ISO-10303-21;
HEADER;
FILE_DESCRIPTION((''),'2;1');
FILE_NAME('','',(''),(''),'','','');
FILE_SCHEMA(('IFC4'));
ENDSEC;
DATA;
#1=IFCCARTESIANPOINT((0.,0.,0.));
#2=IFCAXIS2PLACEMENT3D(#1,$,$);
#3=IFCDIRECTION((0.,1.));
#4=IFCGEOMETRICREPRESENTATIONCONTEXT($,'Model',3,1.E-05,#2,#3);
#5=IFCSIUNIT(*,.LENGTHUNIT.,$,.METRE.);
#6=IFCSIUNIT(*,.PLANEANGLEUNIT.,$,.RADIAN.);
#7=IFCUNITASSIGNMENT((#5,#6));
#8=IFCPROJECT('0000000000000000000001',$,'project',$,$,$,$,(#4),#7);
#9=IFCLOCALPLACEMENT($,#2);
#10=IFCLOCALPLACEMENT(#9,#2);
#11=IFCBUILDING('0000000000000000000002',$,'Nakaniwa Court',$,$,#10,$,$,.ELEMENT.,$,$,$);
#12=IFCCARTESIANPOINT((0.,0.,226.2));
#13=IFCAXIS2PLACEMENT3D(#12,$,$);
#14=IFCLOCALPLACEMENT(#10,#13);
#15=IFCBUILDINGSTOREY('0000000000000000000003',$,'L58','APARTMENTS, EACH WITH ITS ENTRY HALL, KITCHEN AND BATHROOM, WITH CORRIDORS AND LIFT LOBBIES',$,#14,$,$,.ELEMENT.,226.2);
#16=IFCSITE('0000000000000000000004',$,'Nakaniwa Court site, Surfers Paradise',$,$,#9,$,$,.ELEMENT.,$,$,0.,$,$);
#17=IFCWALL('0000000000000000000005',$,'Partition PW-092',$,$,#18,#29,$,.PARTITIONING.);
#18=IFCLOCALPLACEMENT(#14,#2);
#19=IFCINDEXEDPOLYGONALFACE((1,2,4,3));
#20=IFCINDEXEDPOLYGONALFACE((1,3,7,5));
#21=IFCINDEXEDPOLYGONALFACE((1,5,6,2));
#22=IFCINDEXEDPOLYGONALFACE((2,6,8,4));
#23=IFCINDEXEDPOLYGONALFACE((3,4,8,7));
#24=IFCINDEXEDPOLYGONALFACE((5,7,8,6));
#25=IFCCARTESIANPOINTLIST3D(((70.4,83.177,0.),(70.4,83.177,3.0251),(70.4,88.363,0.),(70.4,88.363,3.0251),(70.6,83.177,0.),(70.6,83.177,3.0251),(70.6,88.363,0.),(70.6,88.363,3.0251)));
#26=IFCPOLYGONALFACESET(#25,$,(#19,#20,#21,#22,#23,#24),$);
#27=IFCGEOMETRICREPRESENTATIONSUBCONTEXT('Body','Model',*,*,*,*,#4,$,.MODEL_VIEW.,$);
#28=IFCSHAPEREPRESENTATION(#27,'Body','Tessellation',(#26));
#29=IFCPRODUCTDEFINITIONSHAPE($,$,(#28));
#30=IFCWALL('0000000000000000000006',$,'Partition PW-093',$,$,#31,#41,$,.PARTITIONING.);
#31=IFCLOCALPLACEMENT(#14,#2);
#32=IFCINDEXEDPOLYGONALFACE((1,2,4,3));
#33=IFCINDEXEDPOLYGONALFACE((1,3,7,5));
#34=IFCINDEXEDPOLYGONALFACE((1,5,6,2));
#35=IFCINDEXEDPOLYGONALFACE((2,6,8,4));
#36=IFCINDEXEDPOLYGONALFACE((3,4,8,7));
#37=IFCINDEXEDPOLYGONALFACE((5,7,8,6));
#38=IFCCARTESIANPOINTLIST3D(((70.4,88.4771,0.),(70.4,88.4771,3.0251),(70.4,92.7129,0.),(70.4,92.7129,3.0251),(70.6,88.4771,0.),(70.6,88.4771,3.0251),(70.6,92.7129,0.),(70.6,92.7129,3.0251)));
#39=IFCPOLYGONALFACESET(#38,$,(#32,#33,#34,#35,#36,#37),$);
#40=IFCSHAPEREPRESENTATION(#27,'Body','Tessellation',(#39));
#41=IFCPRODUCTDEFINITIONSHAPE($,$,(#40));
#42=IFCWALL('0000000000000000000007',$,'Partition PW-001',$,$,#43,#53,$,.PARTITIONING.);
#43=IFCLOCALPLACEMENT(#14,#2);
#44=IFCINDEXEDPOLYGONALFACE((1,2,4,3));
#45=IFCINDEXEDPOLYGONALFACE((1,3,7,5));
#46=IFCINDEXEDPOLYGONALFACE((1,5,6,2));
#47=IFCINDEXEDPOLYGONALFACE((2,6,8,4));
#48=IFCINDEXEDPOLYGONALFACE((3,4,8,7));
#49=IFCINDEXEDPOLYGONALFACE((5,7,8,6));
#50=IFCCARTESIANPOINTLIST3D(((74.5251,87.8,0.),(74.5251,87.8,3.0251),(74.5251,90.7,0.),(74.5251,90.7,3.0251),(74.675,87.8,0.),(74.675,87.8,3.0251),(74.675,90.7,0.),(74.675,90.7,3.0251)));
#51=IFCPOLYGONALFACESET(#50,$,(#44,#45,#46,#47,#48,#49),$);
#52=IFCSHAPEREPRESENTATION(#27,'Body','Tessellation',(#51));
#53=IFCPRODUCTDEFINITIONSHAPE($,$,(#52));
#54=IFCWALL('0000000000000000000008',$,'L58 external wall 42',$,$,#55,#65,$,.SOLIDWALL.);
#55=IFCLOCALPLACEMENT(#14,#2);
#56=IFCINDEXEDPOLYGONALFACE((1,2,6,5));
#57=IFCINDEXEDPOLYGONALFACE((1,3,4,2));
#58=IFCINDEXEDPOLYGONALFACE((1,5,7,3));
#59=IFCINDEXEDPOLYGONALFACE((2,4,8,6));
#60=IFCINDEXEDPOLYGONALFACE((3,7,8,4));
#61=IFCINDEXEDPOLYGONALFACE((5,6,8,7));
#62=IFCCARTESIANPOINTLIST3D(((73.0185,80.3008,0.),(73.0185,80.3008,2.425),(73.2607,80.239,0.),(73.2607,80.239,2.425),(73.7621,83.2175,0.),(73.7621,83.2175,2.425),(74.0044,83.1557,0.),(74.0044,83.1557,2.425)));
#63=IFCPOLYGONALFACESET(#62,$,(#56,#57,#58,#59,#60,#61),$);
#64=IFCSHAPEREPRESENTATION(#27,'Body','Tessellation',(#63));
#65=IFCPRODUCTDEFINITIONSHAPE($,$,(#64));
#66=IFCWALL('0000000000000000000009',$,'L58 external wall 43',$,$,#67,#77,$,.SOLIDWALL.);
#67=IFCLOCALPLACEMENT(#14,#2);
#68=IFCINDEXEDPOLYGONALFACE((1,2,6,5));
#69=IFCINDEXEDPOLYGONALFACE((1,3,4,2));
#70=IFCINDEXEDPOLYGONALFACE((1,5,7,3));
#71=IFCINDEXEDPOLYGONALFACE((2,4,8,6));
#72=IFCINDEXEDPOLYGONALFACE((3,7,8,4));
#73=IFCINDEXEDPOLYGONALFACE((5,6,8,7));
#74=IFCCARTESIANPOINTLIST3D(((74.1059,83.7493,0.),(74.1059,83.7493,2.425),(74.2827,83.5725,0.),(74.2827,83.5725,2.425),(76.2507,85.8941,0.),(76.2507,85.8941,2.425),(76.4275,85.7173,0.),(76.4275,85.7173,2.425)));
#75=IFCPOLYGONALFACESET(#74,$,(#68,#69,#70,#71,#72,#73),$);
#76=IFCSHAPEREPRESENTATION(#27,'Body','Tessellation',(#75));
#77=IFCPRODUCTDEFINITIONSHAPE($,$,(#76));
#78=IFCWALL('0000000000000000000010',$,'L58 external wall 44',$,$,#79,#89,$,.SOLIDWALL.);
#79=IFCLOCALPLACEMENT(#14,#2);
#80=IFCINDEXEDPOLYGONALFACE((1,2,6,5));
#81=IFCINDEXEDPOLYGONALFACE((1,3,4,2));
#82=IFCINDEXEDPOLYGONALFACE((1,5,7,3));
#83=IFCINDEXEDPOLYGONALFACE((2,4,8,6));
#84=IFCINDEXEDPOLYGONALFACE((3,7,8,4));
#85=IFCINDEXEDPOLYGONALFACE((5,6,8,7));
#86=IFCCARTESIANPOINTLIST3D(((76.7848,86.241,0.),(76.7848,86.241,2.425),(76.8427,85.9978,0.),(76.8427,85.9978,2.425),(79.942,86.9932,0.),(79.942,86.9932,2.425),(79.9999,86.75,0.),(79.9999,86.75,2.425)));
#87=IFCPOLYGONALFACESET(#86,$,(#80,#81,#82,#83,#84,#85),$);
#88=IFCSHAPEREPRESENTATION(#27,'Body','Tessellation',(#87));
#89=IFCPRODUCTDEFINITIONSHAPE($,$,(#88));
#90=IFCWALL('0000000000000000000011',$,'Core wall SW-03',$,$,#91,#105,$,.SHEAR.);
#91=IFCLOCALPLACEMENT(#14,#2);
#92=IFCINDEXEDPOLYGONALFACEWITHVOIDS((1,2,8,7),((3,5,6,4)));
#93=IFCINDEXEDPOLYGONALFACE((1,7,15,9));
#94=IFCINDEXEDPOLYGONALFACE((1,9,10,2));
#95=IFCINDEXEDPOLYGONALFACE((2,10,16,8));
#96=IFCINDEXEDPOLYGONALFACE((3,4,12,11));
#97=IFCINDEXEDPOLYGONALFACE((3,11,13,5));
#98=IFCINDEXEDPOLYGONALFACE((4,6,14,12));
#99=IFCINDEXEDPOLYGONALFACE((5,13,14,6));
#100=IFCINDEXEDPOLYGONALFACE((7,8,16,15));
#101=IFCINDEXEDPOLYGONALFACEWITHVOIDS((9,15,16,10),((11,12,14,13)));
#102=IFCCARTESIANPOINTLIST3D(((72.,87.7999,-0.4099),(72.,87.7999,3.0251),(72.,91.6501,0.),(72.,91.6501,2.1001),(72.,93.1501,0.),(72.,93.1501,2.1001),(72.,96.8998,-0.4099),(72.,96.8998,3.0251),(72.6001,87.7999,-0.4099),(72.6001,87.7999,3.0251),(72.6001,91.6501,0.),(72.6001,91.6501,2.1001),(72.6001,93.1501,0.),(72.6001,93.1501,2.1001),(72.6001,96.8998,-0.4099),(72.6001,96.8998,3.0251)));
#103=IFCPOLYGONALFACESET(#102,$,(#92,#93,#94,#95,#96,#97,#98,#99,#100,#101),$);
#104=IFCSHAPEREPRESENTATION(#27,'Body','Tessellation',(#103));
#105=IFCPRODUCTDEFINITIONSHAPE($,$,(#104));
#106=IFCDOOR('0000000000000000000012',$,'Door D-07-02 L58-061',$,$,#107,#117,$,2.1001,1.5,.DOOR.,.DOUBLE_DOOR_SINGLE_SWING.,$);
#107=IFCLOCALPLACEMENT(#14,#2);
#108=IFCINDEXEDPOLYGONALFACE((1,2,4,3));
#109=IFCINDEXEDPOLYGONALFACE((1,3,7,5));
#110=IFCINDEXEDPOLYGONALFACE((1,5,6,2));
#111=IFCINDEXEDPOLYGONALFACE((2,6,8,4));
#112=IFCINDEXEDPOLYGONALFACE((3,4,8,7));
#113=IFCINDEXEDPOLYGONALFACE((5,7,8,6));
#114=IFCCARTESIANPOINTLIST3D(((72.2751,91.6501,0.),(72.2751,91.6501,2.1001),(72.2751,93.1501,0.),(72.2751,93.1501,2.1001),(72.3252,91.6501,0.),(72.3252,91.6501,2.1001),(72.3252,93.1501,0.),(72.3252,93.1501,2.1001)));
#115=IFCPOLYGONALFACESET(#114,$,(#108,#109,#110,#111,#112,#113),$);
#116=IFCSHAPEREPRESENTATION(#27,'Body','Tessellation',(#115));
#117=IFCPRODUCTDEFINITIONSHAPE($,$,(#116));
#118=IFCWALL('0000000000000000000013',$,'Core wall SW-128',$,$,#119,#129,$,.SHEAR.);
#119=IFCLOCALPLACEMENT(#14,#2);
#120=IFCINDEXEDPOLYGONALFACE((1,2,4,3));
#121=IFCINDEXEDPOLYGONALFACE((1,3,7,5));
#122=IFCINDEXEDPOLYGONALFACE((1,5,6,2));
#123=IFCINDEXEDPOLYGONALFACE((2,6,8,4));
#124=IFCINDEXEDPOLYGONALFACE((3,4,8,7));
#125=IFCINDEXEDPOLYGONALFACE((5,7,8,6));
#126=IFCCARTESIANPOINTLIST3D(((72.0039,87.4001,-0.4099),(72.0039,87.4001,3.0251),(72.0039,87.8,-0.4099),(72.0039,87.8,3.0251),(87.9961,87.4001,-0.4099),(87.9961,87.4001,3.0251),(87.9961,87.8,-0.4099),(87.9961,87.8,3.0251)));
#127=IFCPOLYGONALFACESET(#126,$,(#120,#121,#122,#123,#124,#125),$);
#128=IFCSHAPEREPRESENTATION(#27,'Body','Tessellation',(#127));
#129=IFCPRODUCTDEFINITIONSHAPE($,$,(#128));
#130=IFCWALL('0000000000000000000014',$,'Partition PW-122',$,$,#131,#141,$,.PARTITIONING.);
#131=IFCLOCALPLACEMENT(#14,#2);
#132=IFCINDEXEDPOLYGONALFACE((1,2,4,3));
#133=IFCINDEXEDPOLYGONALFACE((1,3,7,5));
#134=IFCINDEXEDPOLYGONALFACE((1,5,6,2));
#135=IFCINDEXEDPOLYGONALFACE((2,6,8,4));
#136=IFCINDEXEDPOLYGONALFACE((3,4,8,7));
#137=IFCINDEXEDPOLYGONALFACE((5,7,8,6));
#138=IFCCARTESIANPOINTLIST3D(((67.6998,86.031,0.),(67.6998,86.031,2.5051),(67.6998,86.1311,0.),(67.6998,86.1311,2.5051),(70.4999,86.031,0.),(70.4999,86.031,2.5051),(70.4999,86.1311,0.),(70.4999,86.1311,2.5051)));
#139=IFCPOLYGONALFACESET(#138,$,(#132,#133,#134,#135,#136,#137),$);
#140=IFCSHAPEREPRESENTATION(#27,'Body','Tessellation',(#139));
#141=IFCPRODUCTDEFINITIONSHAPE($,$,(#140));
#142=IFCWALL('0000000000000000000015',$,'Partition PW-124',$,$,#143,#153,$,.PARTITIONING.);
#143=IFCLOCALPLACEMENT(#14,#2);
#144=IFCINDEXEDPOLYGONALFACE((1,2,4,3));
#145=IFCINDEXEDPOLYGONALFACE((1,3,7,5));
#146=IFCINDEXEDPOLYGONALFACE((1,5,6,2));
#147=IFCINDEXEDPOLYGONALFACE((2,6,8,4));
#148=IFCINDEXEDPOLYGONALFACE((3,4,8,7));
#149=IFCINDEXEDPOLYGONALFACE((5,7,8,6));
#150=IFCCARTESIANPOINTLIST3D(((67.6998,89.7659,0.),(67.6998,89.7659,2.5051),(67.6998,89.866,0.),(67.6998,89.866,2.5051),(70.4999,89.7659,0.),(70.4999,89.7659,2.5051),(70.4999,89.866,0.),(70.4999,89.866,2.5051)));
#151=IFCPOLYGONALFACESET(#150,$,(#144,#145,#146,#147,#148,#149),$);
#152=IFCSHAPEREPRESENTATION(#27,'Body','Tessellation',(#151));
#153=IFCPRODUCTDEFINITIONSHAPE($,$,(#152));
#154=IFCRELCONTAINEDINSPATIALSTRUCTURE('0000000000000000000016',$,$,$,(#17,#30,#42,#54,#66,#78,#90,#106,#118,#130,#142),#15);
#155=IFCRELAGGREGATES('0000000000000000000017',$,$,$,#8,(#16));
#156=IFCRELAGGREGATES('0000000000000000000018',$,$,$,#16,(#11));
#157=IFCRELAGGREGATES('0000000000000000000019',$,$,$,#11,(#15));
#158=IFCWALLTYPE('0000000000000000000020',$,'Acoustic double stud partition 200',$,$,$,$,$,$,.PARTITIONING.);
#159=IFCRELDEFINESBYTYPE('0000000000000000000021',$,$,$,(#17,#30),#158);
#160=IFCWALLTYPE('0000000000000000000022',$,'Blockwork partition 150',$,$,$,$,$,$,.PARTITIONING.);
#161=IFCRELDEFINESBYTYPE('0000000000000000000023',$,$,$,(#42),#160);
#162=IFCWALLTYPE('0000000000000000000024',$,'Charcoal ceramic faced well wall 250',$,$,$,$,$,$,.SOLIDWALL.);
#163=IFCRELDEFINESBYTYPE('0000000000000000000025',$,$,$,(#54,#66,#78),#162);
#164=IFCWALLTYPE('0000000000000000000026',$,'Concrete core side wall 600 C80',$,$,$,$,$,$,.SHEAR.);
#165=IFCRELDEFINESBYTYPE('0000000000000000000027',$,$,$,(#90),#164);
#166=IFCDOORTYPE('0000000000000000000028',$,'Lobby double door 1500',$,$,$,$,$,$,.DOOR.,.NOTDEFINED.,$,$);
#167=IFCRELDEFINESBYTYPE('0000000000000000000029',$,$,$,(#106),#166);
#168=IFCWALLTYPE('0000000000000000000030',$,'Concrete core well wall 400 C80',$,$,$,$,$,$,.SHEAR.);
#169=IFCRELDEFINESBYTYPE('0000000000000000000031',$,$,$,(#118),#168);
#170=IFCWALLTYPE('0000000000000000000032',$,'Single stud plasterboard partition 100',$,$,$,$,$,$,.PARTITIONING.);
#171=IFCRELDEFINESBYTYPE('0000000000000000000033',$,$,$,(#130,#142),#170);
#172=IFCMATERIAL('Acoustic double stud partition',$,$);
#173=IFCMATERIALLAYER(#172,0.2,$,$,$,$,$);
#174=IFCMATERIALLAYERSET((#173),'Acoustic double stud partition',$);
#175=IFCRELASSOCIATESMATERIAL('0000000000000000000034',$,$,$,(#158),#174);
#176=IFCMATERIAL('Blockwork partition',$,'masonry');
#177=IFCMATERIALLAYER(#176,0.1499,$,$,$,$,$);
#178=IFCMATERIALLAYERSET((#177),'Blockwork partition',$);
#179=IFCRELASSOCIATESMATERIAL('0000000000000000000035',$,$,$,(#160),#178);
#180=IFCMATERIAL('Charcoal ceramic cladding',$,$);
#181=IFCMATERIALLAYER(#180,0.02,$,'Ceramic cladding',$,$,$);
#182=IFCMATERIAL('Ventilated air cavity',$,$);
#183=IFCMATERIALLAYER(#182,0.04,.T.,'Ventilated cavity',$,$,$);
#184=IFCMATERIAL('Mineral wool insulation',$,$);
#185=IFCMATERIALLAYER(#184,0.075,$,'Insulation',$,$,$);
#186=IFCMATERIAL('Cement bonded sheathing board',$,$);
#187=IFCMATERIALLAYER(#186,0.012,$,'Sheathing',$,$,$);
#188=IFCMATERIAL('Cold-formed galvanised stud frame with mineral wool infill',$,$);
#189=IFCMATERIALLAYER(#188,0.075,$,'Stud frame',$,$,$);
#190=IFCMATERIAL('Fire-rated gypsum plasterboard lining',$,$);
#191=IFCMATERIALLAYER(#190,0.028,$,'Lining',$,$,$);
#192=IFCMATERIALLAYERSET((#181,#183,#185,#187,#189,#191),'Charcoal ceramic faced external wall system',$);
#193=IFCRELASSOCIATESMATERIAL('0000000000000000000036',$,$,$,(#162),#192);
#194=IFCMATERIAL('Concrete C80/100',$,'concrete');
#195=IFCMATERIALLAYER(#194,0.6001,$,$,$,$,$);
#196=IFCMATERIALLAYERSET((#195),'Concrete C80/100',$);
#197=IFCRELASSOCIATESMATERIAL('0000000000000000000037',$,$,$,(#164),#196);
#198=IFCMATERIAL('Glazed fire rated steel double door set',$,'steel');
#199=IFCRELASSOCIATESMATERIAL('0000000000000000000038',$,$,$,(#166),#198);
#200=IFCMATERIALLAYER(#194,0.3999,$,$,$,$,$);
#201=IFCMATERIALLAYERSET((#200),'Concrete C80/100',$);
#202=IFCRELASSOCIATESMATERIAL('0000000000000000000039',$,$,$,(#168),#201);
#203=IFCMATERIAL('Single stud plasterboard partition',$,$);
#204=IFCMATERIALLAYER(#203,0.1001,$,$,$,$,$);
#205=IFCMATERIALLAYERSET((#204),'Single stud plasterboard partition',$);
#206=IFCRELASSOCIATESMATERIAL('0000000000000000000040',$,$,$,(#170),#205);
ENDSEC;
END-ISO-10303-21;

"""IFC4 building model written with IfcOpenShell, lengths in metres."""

from ifc_helpers import new_model, si_unit, direction, frame, frame_2d, origin, place, context, subcontext, project, spatial, rectangle, extrude, material, layer, layer_set, type_object, element, fill, save


model = new_model("IFC4")

# Units and contexts
model_context = context("Model", 3, precision=1e-05, world=origin(), true_north=direction((0.0, 1.0)))
body_context = subcontext(model_context, "Body", "Model", "MODEL_VIEW")
ifc_project = project(units=[si_unit("LENGTHUNIT", "METRE"), si_unit("PLANEANGLEUNIT", "RADIAN")], contexts=[model_context])

# Site, building, storey
site_placement = place(None, origin())
site = spatial("IfcSite", under=ifc_project, at=site_placement, Name="Nakaniwa Court site, Surfers Paradise", CompositionType="ELEMENT", RefElevation=0.0)
building_placement = place(site_placement, origin())
building = spatial("IfcBuilding", under=site, at=building_placement, Name="Nakaniwa Court", CompositionType="ELEMENT")
storey_placement = place(building_placement, frame((0.0, 0.0, 226.2)))
storey = spatial("IfcBuildingStorey", under=building, at=storey_placement, Name="L58", Description="APARTMENTS, EACH WITH ITS ENTRY HALL, KITCHEN AND BATHROOM, WITH CORRIDORS AND LIFT LOBBIES", CompositionType="ELEMENT", Elevation=226.2)

# Shared definitions
ifc_material_1 = material(Name="Concrete C80/100", Category="concrete")

# Shared definitions
ifc_material_2 = material(Name="Acoustic double stud partition")
ifc_layer_1 = layer(ifc_material_2, 0.2)
ifc_layer_set_1 = layer_set([ifc_layer_1], Name="Acoustic double stud partition")
wall_type_1 = type_object("IfcWallType", Name="Acoustic double stud partition 200", PredefinedType="PARTITIONING", material=ifc_layer_set_1)

# Walls
wall_1_placement = place(storey_placement, frame((70.5, 83.177, 0.0), z_axis=(0.0, 0.0, 1.0), x_axis=(0.0, 1.0, 0.0)))
element("IfcWall", 1, at=wall_1_placement, inside=storey, type_object=wall_type_1, Name="Partition PW-092", PredefinedType="PARTITIONING", context=body_context, shape_type="SweptSolid", body=[
    extrude(rectangle(XDim=5.186, YDim=0.2, at=frame_2d((2.593, 0.0))), origin(), (0.0, 0.0, 1.0), 3.0251),
])
wall_2_placement = place(storey_placement, frame((70.5, 88.4771, 0.0), z_axis=(0.0, 0.0, 1.0), x_axis=(0.0, 1.0, 0.0)))
element("IfcWall", 2, at=wall_2_placement, inside=storey, type_object=wall_type_1, Name="Partition PW-093", PredefinedType="PARTITIONING", context=body_context, shape_type="SweptSolid", body=[
    extrude(rectangle(XDim=4.2358, YDim=0.2, at=frame_2d((2.1179, 0.0))), origin(), (0.0, 0.0, 1.0), 3.0251),
])
ifc_material_3 = material(Name="Blockwork partition", Category="masonry")
ifc_layer_2 = layer(ifc_material_3, 0.1499)
ifc_layer_set_2 = layer_set([ifc_layer_2], Name="Blockwork partition")
wall_type_2 = type_object("IfcWallType", Name="Blockwork partition 150", PredefinedType="PARTITIONING", material=ifc_layer_set_2)
wall_3_placement = place(storey_placement, frame((74.6001, 87.8, 0.0), z_axis=(0.0, 0.0, 1.0), x_axis=(0.0, 1.0, 0.0)))
element("IfcWall", 3, at=wall_3_placement, inside=storey, type_object=wall_type_2, Name="Partition PW-001", PredefinedType="PARTITIONING", context=body_context, shape_type="SweptSolid", body=[
    extrude(rectangle(XDim=2.8999, YDim=0.1499, at=frame_2d((1.45, 0.0))), origin(), (0.0, 0.0, 1.0), 3.0251),
])
ifc_material_4 = material(Name="Charcoal ceramic cladding")
ifc_layer_3 = layer(ifc_material_4, 0.02, Name="Ceramic cladding")
ifc_material_5 = material(Name="Ventilated air cavity")
ifc_layer_4 = layer(ifc_material_5, 0.04, ventilated=True, Name="Ventilated cavity")
ifc_material_6 = material(Name="Mineral wool insulation")
ifc_layer_5 = layer(ifc_material_6, 0.075, Name="Insulation")
ifc_material_7 = material(Name="Cement bonded sheathing board")
ifc_layer_6 = layer(ifc_material_7, 0.012, Name="Sheathing")
ifc_material_8 = material(Name="Cold-formed galvanised stud frame with mineral wool infill")
ifc_layer_7 = layer(ifc_material_8, 0.075, Name="Stud frame")
ifc_material_9 = material(Name="Fire-rated gypsum plasterboard lining")
ifc_layer_8 = layer(ifc_material_9, 0.028, Name="Lining")
ifc_layer_set_3 = layer_set([ifc_layer_3, ifc_layer_4, ifc_layer_5, ifc_layer_6, ifc_layer_7, ifc_layer_8], Name="Charcoal ceramic faced external wall system")
wall_type_3 = type_object("IfcWallType", Name="Charcoal ceramic faced well wall 250", PredefinedType="SOLIDWALL", material=ifc_layer_set_3)
wall_4_placement = place(storey_placement, frame((73.1396, 80.27, 0.0), z_axis=(0.0, 0.0, 1.0), x_axis=(0.247056, 0.969001, 0.0)))
element("IfcWall", 4, at=wall_4_placement, inside=storey, type_object=wall_type_3, Name="L58 external wall 42", PredefinedType="SOLIDWALL", context=body_context, shape_type="SweptSolid", body=[
    extrude(rectangle(XDim=3.01, YDim=0.25, at=frame_2d((1.5049, 0.0))), origin(), (0.0, 0.0, 1.0), 2.425),
])
wall_5_placement = place(storey_placement, frame((74.1943, 83.6609, 0.0), z_axis=(0.0, 0.0, 1.0), x_axis=(0.707107, 0.707107, 0.0)))
element("IfcWall", 5, at=wall_5_placement, inside=storey, type_object=wall_type_3, Name="L58 external wall 43", PredefinedType="SOLIDWALL", context=body_context, shape_type="SweptSolid", body=[
    extrude(rectangle(XDim=3.0332, YDim=0.25, at=frame_2d((1.5166, 0.0))), origin(), (0.0, 0.0, 1.0), 2.425),
])
wall_6_placement = place(storey_placement, frame((76.8137, 86.1194, 0.0), z_axis=(0.0, 0.0, 1.0), x_axis=(0.972773, 0.23176, 0.0)))
element("IfcWall", 6, at=wall_6_placement, inside=storey, type_object=wall_type_3, Name="L58 external wall 44", PredefinedType="SOLIDWALL", context=body_context, shape_type="SweptSolid", body=[
    extrude(rectangle(XDim=3.2456, YDim=0.25, at=frame_2d((1.6228, 0.0))), origin(), (0.0, 0.0, 1.0), 2.425),
])

# Wall, opening, door
ifc_layer_9 = layer(ifc_material_1, 0.6001)
ifc_layer_set_4 = layer_set([ifc_layer_9], Name="Concrete C80/100")
wall_type_4 = type_object("IfcWallType", Name="Concrete core side wall 600 C80", PredefinedType="SHEAR", material=ifc_layer_set_4)
wall_7_placement = place(storey_placement, frame((72.3, 87.8, -0.4099), z_axis=(0.0, 0.0, 1.0), x_axis=(0.0, 1.0, 0.0)))
wall_7 = element("IfcWall", 7, at=wall_7_placement, inside=storey, type_object=wall_type_4, Name="Core wall SW-03", PredefinedType="SHEAR", context=body_context, shape_type="SweptSolid", body=[
    extrude(rectangle(XDim=9.0999, YDim=0.6001, at=frame_2d((4.5498, 0.0))), origin(), (0.0, 0.0, 1.0), 3.4351),
])
opening_1_placement = place(wall_7_placement, frame((3.8501, 0.0, 0.4099)))
opening_1 = element("IfcOpeningElement", 8, at=opening_1_placement, cuts=wall_7, PredefinedType="OPENING", context=body_context, shape_type="SweptSolid", body=[
    extrude(rectangle(XDim=1.5, YDim=2.1001, at=frame_2d((0.75, 1.05))), frame((0.0, 0.3101, 0.0), z_axis=(0.0, -1.0, 0.0), x_axis=(1.0, 0.0, 0.0)), (0.0, 0.0, 1.0), 0.6201),
])
ifc_material_10 = material(Name="Glazed fire rated steel double door set", Category="steel")
door_type_1 = type_object("IfcDoorType", Name="Lobby double door 1500", OperationType="NOTDEFINED", PredefinedType="DOOR", material=ifc_material_10)
door_1_placement = place(opening_1_placement, origin())
door_1 = element("IfcDoor", 9, at=door_1_placement, inside=storey, type_object=door_type_1, Name="Door D-07-02 L58-061", OperationType="DOUBLE_DOOR_SINGLE_SWING", OverallHeight=2.1001, OverallWidth=1.5, PredefinedType="DOOR", context=body_context, shape_type="SweptSolid", body=[
    extrude(rectangle(XDim=1.5, YDim=2.1001, at=frame_2d((0.75, 1.05))), frame((0.0, 0.0249, 0.0), z_axis=(0.0, -1.0, 0.0), x_axis=(1.0, 0.0, 0.0)), (0.0, 0.0, 1.0), 0.05),
])
fill(opening_1, door_1)

# Walls
ifc_layer_10 = layer(ifc_material_1, 0.3999)
ifc_layer_set_5 = layer_set([ifc_layer_10], Name="Concrete C80/100")
wall_type_5 = type_object("IfcWallType", Name="Concrete core well wall 400 C80", PredefinedType="SHEAR", material=ifc_layer_set_5)
wall_8_placement = place(storey_placement, frame((72.0039, 87.6001, -0.4099), z_axis=(0.0, 0.0, 1.0), x_axis=(1.0, 0.0, 0.0)))
element("IfcWall", 10, at=wall_8_placement, inside=storey, type_object=wall_type_5, Name="Core wall SW-128", PredefinedType="SHEAR", context=body_context, shape_type="SweptSolid", body=[
    extrude(rectangle(XDim=15.9922, YDim=0.3999, at=frame_2d((7.9961, 0.0))), origin(), (0.0, 0.0, 1.0), 3.4351),
])
ifc_material_11 = material(Name="Single stud plasterboard partition")
ifc_layer_11 = layer(ifc_material_11, 0.1001)
ifc_layer_set_6 = layer_set([ifc_layer_11], Name="Single stud plasterboard partition")
wall_type_6 = type_object("IfcWallType", Name="Single stud plasterboard partition 100", PredefinedType="PARTITIONING", material=ifc_layer_set_6)
for number, where, z_axis, x_axis, name in (
    (11, (67.7, 86.0811, 0.0), (0.0, 0.0, 1.0), (1.0, 0.0, 0.0), "Partition PW-122"),
    (12, (67.7, 89.8159, 0.0), (0.0, 0.0, 1.0), (1.0, 0.0, 0.0), "Partition PW-124"),
):
    element("IfcWall", number, at=place(storey_placement, frame(where, z_axis=z_axis, x_axis=x_axis)), inside=storey, type_object=wall_type_6, Name=name, PredefinedType="PARTITIONING", context=body_context, shape_type="SweptSolid", body=[
        extrude(rectangle(XDim=2.8, YDim=0.1001, at=frame_2d((1.3999, 0.0))), origin(), (0.0, 0.0, 1.0), 2.5051),
    ])

save(model, "model.ifc")
